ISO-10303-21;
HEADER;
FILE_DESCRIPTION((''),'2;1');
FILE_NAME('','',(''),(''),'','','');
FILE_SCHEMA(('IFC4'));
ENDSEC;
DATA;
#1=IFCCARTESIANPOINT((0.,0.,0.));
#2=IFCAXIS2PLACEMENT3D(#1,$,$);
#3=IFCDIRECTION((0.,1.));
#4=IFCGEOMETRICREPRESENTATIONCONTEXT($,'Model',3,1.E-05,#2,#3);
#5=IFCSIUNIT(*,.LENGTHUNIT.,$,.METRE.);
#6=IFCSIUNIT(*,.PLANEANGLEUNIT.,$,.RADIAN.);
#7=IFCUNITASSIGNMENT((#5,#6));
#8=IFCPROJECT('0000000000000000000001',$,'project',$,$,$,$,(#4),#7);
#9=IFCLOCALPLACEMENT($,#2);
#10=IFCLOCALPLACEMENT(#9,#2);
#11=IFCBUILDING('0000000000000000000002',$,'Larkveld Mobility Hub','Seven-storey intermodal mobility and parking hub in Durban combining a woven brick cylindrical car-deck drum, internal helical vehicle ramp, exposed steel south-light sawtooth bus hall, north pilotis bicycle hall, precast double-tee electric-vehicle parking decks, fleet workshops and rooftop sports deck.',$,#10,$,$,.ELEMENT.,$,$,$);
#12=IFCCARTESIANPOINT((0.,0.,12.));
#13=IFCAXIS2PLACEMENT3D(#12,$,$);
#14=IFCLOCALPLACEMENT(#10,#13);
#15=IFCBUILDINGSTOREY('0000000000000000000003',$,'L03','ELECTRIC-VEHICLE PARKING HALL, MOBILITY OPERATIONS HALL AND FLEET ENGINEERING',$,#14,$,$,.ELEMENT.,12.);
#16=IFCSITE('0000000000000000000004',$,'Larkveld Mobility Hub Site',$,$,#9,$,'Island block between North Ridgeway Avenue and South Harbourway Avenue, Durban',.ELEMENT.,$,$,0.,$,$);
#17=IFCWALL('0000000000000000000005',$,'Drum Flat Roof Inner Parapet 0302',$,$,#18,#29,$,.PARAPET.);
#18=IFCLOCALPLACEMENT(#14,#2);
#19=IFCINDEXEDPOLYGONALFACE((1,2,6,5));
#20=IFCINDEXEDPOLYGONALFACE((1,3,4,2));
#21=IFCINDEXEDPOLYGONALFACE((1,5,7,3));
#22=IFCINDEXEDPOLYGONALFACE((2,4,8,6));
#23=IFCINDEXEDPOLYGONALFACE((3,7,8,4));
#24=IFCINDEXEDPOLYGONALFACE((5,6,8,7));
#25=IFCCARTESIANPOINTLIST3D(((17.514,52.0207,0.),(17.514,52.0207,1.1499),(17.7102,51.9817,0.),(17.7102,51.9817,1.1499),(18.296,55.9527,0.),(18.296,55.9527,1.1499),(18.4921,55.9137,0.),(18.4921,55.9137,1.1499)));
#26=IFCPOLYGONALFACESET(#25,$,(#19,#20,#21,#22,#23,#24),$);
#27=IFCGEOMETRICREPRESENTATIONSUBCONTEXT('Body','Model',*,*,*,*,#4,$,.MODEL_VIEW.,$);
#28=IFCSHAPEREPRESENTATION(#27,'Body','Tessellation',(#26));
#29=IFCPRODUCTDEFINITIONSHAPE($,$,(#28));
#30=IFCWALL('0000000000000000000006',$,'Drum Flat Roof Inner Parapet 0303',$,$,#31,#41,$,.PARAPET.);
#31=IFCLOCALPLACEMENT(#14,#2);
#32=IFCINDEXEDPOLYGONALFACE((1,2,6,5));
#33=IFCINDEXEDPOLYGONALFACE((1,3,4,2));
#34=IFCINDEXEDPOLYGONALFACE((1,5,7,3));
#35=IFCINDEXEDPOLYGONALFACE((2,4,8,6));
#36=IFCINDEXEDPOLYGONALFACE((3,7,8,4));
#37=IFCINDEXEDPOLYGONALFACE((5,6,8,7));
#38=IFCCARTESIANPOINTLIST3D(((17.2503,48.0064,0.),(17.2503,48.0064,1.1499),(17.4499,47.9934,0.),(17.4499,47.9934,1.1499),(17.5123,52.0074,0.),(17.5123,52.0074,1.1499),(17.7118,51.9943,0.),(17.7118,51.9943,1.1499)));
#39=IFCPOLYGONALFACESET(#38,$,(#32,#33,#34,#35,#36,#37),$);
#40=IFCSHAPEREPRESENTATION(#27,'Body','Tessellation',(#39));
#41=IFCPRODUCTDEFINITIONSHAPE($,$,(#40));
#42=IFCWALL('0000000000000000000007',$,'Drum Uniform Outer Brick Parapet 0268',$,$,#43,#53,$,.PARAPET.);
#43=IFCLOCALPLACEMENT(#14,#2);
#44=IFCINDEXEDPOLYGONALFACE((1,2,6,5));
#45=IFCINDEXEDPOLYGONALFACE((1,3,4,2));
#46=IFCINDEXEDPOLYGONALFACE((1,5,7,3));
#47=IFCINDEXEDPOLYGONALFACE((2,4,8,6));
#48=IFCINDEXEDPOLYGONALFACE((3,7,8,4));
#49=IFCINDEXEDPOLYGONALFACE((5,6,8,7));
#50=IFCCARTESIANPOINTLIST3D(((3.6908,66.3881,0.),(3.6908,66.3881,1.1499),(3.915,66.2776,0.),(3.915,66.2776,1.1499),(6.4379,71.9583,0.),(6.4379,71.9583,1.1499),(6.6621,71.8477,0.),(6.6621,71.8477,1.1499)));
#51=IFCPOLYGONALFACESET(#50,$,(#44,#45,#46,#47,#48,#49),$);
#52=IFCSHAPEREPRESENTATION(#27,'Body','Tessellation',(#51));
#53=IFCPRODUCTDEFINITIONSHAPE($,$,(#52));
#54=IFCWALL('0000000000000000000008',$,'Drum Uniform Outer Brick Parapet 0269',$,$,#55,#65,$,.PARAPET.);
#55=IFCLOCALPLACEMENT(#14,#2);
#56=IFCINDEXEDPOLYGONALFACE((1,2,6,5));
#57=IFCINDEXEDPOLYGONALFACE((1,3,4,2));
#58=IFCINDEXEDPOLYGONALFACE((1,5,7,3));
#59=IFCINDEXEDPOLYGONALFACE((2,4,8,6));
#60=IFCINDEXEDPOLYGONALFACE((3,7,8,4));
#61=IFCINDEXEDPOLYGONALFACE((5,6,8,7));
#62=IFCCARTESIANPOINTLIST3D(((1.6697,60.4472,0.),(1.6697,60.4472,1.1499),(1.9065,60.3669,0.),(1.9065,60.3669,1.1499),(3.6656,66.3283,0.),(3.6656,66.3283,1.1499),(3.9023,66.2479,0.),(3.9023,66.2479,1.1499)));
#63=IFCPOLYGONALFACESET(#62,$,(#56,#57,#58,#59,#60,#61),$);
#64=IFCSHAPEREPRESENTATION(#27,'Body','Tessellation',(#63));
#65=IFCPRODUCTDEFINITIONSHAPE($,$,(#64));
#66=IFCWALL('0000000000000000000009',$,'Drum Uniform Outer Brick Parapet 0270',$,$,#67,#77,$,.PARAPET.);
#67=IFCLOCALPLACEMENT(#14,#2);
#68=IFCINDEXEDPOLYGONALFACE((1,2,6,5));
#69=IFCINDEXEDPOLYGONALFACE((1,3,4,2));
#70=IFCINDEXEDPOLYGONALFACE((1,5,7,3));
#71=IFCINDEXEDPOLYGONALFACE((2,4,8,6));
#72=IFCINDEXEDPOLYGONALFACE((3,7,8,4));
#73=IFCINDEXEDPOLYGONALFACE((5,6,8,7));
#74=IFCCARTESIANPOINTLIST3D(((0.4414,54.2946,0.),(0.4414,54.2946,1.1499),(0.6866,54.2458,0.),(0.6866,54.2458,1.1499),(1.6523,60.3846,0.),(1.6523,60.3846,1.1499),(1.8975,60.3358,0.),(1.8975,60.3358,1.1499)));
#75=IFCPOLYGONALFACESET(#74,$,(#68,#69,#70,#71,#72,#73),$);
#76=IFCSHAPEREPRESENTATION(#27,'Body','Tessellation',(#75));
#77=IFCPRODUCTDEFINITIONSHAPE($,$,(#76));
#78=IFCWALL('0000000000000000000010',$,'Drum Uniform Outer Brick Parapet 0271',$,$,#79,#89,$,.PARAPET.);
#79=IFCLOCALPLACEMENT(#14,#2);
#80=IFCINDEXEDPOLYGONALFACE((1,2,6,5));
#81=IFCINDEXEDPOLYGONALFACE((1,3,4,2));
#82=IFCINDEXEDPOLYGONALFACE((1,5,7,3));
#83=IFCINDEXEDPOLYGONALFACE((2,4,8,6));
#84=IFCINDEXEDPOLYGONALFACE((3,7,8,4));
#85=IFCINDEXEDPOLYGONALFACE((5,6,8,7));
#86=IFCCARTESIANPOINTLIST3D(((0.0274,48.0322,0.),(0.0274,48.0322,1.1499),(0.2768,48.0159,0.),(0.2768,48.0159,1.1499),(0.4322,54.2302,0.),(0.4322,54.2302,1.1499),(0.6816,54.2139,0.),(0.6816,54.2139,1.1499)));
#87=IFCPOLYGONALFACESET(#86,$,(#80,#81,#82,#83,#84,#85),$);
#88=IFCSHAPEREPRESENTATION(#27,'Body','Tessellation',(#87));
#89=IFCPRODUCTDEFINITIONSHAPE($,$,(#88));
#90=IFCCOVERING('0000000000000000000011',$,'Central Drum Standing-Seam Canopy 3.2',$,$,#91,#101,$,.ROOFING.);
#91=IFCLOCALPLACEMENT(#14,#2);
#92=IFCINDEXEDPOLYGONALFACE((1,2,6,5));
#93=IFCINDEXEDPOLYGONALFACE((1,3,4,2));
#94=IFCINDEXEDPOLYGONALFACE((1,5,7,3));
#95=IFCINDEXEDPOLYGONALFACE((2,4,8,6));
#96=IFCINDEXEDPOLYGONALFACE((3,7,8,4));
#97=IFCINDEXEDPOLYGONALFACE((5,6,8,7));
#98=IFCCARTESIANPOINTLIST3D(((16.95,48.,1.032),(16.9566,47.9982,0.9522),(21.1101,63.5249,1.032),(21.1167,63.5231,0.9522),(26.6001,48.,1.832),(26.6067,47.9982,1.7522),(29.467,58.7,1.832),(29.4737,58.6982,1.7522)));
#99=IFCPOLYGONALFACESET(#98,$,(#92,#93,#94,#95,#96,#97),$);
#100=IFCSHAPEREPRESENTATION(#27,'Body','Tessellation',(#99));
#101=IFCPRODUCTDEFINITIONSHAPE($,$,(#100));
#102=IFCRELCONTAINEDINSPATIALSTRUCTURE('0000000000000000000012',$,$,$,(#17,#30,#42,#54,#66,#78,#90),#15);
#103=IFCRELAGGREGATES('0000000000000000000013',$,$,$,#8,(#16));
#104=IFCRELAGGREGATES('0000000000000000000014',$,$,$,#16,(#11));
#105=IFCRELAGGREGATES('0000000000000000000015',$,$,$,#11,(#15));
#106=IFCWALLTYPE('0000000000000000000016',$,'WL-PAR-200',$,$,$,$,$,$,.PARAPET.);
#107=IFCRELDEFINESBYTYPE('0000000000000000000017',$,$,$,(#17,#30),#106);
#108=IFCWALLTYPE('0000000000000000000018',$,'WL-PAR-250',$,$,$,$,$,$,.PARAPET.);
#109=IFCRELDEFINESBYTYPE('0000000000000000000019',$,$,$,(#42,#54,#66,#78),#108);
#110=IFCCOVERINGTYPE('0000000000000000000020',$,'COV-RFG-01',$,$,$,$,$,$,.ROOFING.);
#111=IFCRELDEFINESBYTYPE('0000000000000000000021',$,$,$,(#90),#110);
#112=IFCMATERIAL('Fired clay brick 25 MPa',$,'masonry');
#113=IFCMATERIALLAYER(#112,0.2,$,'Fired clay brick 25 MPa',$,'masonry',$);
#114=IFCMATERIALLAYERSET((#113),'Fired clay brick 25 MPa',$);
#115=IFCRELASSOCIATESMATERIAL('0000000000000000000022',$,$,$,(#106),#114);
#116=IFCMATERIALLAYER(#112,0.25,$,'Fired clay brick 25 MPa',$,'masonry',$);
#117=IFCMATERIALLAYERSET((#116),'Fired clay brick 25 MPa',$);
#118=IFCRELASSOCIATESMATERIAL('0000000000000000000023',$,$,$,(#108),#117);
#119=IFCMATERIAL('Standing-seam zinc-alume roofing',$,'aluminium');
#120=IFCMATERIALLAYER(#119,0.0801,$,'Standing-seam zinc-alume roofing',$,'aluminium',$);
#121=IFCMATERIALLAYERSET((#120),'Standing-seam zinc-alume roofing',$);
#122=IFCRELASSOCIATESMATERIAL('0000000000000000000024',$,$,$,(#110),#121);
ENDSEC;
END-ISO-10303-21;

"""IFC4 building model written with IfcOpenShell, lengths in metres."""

from ifc_helpers import new_model, si_unit, direction, frame, frame_2d, origin, place, context, subcontext, project, spatial, polyline, rectangle, outline, extrude, material, layer, layer_set, type_object, element, save


model = new_model("IFC4")

# Units and contexts
model_context = context("Model", 3, precision=1e-05, world=origin(), true_north=direction((0.0, 1.0)))
body_context = subcontext(model_context, "Body", "Model", "MODEL_VIEW")
ifc_project = project(units=[si_unit("LENGTHUNIT", "METRE"), si_unit("PLANEANGLEUNIT", "RADIAN")], contexts=[model_context])

# Site, building, storey
site_placement = place(None, origin())
site = spatial("IfcSite", under=ifc_project, at=site_placement, Name="Larkveld Mobility Hub Site", LongName="Island block between North Ridgeway Avenue and South Harbourway Avenue, Durban", CompositionType="ELEMENT", RefElevation=0.0)
building_placement = place(site_placement, origin())
building = spatial("IfcBuilding", under=site, at=building_placement, Name="Larkveld Mobility Hub", Description="Seven-storey intermodal mobility and parking hub in Durban combining a woven brick cylindrical car-deck drum, internal helical vehicle ramp, exposed steel south-light sawtooth bus hall, north pilotis bicycle hall, precast double-tee electric-vehicle parking decks, fleet workshops and rooftop sports deck.", CompositionType="ELEMENT")
storey_placement = place(building_placement, frame((0.0, 0.0, 12.0)))
storey = spatial("IfcBuildingStorey", under=building, at=storey_placement, Name="L03", Description="ELECTRIC-VEHICLE PARKING HALL, MOBILITY OPERATIONS HALL AND FLEET ENGINEERING", CompositionType="ELEMENT", Elevation=12.0)

# Walls
ifc_material_1 = material(Name="Fired clay brick 25 MPa", Category="masonry")
ifc_layer_1 = layer(ifc_material_1, 0.2, Name="Fired clay brick 25 MPa", Category="masonry")
ifc_layer_set_1 = layer_set([ifc_layer_1], Name="Fired clay brick 25 MPa")
wall_type_1 = type_object("IfcWallType", Name="WL-PAR-200", PredefinedType="PARAPET", material=ifc_layer_set_1)
wall_1_placement = place(storey_placement, frame((18.394, 55.9331, 0.0), z_axis=(0.0, 0.0, 1.0), x_axis=(-0.19505, -0.980793, 0.0)))
element("IfcWall", 1, at=wall_1_placement, inside=storey, type_object=wall_type_1, Name="Drum Flat Roof Inner Parapet 0302", PredefinedType="PARAPET", context=body_context, shape_type="SweptSolid", body=[
    extrude(rectangle(XDim=4.009, YDim=0.2, at=frame_2d((2.0044, 0.0))), origin(), (0.0, 0.0, 1.0), 1.1499),
])
wall_2_placement = place(storey_placement, frame((17.6121, 52.001, 0.0), z_axis=(0.0, 0.0, 1.0), x_axis=(-0.065335, -0.997863, 0.0)))
element("IfcWall", 2, at=wall_2_placement, inside=storey, type_object=wall_type_1, Name="Drum Flat Roof Inner Parapet 0303", PredefinedType="PARAPET", context=body_context, shape_type="SweptSolid", body=[
    extrude(rectangle(XDim=4.0095, YDim=0.2, at=frame_2d((2.0049, 0.0))), origin(), (0.0, 0.0, 1.0), 1.1499),
])
ifc_layer_2 = layer(ifc_material_1, 0.25, Name="Fired clay brick 25 MPa", Category="masonry")
ifc_layer_set_2 = layer_set([ifc_layer_2], Name="Fired clay brick 25 MPa")
wall_type_2 = type_object("IfcWallType", Name="WL-PAR-250", PredefinedType="PARAPET", material=ifc_layer_set_2)
wall_3_placement = place(storey_placement, frame((6.55, 71.9031, 0.0), z_axis=(0.0, 0.0, 1.0), x_axis=(-0.442317, -0.896859, 0.0)))
element("IfcWall", 3, at=wall_3_placement, inside=storey, type_object=wall_type_2, Name="Drum Uniform Outer Brick Parapet 0268", PredefinedType="PARAPET", context=body_context, shape_type="SweptSolid", body=[
    extrude(rectangle(XDim=6.2107, YDim=0.25, at=frame_2d((3.1055, 0.0))), origin(), (0.0, 0.0, 1.0), 1.1499),
])
wall_4_placement = place(storey_placement, frame((3.7839, 66.2881, 0.0), z_axis=(0.0, 0.0, 1.0), x_axis=(-0.321365, -0.946955, 0.0)))
element("IfcWall", 4, at=wall_4_placement, inside=storey, type_object=wall_type_2, Name="Drum Uniform Outer Brick Parapet 0269", PredefinedType="PARAPET", context=body_context, shape_type="SweptSolid", body=[
    extrude(rectangle(XDim=6.2104, YDim=0.25, at=frame_2d((3.1052, 0.0))), origin(), (0.0, 0.0, 1.0), 1.1499),
])
wall_5_placement = place(storey_placement, frame((1.7749, 60.3601, 0.0), z_axis=(0.0, 0.0, 1.0), x_axis=(-0.19502, -0.980799, 0.0)))
element("IfcWall", 5, at=wall_5_placement, inside=storey, type_object=wall_type_2, Name="Drum Uniform Outer Brick Parapet 0270", PredefinedType="PARAPET", context=body_context, shape_type="SweptSolid", body=[
    extrude(rectangle(XDim=6.2092, YDim=0.25, at=frame_2d((3.1045, 0.0))), origin(), (0.0, 0.0, 1.0), 1.1499),
])
wall_6_placement = place(storey_placement, frame((0.5569, 54.2219, 0.0), z_axis=(0.0, 0.0, 1.0), x_axis=(-0.06517, -0.997874, 0.0)))
element("IfcWall", 6, at=wall_6_placement, inside=storey, type_object=wall_type_2, Name="Drum Uniform Outer Brick Parapet 0271", PredefinedType="PARAPET", context=body_context, shape_type="SweptSolid", body=[
    extrude(rectangle(XDim=6.2112, YDim=0.25, at=frame_2d((3.1055, 0.0))), origin(), (0.0, 0.0, 1.0), 1.1499),
])

# Covering
ifc_material_2 = material(Name="Standing-seam zinc-alume roofing", Category="aluminium")
ifc_layer_3 = layer(ifc_material_2, 0.0801, Name="Standing-seam zinc-alume roofing", Category="aluminium")
ifc_layer_set_3 = layer_set([ifc_layer_3], Name="Standing-seam zinc-alume roofing")
covering_type = type_object("IfcCoveringType", Name="COV-RFG-01", PredefinedType="ROOFING", material=ifc_layer_set_3)
covering_placement = place(storey_placement, frame((21.1101, 63.5249, 1.032), z_axis=(-0.082603, 0.022134, 0.996337), x_axis=(-0.258835, -0.965922, -0.000001)))
element("IfcCovering", 7, at=covering_placement, inside=storey, type_object=covering_type, Name="Central Drum Standing-Seam Canopy 3.2", PredefinedType="ROOFING", context=body_context, shape_type="SweptSolid", body=[
    extrude(outline(polyline([(0.0, 0.0), (16.0726, 0.0), (13.5748, 9.3556), (2.4975, 9.3553), (0.0, 0.0)])), origin(), (0.0, 0.0, -1.0), 0.0801),
])

save(model, "model.ifc")
